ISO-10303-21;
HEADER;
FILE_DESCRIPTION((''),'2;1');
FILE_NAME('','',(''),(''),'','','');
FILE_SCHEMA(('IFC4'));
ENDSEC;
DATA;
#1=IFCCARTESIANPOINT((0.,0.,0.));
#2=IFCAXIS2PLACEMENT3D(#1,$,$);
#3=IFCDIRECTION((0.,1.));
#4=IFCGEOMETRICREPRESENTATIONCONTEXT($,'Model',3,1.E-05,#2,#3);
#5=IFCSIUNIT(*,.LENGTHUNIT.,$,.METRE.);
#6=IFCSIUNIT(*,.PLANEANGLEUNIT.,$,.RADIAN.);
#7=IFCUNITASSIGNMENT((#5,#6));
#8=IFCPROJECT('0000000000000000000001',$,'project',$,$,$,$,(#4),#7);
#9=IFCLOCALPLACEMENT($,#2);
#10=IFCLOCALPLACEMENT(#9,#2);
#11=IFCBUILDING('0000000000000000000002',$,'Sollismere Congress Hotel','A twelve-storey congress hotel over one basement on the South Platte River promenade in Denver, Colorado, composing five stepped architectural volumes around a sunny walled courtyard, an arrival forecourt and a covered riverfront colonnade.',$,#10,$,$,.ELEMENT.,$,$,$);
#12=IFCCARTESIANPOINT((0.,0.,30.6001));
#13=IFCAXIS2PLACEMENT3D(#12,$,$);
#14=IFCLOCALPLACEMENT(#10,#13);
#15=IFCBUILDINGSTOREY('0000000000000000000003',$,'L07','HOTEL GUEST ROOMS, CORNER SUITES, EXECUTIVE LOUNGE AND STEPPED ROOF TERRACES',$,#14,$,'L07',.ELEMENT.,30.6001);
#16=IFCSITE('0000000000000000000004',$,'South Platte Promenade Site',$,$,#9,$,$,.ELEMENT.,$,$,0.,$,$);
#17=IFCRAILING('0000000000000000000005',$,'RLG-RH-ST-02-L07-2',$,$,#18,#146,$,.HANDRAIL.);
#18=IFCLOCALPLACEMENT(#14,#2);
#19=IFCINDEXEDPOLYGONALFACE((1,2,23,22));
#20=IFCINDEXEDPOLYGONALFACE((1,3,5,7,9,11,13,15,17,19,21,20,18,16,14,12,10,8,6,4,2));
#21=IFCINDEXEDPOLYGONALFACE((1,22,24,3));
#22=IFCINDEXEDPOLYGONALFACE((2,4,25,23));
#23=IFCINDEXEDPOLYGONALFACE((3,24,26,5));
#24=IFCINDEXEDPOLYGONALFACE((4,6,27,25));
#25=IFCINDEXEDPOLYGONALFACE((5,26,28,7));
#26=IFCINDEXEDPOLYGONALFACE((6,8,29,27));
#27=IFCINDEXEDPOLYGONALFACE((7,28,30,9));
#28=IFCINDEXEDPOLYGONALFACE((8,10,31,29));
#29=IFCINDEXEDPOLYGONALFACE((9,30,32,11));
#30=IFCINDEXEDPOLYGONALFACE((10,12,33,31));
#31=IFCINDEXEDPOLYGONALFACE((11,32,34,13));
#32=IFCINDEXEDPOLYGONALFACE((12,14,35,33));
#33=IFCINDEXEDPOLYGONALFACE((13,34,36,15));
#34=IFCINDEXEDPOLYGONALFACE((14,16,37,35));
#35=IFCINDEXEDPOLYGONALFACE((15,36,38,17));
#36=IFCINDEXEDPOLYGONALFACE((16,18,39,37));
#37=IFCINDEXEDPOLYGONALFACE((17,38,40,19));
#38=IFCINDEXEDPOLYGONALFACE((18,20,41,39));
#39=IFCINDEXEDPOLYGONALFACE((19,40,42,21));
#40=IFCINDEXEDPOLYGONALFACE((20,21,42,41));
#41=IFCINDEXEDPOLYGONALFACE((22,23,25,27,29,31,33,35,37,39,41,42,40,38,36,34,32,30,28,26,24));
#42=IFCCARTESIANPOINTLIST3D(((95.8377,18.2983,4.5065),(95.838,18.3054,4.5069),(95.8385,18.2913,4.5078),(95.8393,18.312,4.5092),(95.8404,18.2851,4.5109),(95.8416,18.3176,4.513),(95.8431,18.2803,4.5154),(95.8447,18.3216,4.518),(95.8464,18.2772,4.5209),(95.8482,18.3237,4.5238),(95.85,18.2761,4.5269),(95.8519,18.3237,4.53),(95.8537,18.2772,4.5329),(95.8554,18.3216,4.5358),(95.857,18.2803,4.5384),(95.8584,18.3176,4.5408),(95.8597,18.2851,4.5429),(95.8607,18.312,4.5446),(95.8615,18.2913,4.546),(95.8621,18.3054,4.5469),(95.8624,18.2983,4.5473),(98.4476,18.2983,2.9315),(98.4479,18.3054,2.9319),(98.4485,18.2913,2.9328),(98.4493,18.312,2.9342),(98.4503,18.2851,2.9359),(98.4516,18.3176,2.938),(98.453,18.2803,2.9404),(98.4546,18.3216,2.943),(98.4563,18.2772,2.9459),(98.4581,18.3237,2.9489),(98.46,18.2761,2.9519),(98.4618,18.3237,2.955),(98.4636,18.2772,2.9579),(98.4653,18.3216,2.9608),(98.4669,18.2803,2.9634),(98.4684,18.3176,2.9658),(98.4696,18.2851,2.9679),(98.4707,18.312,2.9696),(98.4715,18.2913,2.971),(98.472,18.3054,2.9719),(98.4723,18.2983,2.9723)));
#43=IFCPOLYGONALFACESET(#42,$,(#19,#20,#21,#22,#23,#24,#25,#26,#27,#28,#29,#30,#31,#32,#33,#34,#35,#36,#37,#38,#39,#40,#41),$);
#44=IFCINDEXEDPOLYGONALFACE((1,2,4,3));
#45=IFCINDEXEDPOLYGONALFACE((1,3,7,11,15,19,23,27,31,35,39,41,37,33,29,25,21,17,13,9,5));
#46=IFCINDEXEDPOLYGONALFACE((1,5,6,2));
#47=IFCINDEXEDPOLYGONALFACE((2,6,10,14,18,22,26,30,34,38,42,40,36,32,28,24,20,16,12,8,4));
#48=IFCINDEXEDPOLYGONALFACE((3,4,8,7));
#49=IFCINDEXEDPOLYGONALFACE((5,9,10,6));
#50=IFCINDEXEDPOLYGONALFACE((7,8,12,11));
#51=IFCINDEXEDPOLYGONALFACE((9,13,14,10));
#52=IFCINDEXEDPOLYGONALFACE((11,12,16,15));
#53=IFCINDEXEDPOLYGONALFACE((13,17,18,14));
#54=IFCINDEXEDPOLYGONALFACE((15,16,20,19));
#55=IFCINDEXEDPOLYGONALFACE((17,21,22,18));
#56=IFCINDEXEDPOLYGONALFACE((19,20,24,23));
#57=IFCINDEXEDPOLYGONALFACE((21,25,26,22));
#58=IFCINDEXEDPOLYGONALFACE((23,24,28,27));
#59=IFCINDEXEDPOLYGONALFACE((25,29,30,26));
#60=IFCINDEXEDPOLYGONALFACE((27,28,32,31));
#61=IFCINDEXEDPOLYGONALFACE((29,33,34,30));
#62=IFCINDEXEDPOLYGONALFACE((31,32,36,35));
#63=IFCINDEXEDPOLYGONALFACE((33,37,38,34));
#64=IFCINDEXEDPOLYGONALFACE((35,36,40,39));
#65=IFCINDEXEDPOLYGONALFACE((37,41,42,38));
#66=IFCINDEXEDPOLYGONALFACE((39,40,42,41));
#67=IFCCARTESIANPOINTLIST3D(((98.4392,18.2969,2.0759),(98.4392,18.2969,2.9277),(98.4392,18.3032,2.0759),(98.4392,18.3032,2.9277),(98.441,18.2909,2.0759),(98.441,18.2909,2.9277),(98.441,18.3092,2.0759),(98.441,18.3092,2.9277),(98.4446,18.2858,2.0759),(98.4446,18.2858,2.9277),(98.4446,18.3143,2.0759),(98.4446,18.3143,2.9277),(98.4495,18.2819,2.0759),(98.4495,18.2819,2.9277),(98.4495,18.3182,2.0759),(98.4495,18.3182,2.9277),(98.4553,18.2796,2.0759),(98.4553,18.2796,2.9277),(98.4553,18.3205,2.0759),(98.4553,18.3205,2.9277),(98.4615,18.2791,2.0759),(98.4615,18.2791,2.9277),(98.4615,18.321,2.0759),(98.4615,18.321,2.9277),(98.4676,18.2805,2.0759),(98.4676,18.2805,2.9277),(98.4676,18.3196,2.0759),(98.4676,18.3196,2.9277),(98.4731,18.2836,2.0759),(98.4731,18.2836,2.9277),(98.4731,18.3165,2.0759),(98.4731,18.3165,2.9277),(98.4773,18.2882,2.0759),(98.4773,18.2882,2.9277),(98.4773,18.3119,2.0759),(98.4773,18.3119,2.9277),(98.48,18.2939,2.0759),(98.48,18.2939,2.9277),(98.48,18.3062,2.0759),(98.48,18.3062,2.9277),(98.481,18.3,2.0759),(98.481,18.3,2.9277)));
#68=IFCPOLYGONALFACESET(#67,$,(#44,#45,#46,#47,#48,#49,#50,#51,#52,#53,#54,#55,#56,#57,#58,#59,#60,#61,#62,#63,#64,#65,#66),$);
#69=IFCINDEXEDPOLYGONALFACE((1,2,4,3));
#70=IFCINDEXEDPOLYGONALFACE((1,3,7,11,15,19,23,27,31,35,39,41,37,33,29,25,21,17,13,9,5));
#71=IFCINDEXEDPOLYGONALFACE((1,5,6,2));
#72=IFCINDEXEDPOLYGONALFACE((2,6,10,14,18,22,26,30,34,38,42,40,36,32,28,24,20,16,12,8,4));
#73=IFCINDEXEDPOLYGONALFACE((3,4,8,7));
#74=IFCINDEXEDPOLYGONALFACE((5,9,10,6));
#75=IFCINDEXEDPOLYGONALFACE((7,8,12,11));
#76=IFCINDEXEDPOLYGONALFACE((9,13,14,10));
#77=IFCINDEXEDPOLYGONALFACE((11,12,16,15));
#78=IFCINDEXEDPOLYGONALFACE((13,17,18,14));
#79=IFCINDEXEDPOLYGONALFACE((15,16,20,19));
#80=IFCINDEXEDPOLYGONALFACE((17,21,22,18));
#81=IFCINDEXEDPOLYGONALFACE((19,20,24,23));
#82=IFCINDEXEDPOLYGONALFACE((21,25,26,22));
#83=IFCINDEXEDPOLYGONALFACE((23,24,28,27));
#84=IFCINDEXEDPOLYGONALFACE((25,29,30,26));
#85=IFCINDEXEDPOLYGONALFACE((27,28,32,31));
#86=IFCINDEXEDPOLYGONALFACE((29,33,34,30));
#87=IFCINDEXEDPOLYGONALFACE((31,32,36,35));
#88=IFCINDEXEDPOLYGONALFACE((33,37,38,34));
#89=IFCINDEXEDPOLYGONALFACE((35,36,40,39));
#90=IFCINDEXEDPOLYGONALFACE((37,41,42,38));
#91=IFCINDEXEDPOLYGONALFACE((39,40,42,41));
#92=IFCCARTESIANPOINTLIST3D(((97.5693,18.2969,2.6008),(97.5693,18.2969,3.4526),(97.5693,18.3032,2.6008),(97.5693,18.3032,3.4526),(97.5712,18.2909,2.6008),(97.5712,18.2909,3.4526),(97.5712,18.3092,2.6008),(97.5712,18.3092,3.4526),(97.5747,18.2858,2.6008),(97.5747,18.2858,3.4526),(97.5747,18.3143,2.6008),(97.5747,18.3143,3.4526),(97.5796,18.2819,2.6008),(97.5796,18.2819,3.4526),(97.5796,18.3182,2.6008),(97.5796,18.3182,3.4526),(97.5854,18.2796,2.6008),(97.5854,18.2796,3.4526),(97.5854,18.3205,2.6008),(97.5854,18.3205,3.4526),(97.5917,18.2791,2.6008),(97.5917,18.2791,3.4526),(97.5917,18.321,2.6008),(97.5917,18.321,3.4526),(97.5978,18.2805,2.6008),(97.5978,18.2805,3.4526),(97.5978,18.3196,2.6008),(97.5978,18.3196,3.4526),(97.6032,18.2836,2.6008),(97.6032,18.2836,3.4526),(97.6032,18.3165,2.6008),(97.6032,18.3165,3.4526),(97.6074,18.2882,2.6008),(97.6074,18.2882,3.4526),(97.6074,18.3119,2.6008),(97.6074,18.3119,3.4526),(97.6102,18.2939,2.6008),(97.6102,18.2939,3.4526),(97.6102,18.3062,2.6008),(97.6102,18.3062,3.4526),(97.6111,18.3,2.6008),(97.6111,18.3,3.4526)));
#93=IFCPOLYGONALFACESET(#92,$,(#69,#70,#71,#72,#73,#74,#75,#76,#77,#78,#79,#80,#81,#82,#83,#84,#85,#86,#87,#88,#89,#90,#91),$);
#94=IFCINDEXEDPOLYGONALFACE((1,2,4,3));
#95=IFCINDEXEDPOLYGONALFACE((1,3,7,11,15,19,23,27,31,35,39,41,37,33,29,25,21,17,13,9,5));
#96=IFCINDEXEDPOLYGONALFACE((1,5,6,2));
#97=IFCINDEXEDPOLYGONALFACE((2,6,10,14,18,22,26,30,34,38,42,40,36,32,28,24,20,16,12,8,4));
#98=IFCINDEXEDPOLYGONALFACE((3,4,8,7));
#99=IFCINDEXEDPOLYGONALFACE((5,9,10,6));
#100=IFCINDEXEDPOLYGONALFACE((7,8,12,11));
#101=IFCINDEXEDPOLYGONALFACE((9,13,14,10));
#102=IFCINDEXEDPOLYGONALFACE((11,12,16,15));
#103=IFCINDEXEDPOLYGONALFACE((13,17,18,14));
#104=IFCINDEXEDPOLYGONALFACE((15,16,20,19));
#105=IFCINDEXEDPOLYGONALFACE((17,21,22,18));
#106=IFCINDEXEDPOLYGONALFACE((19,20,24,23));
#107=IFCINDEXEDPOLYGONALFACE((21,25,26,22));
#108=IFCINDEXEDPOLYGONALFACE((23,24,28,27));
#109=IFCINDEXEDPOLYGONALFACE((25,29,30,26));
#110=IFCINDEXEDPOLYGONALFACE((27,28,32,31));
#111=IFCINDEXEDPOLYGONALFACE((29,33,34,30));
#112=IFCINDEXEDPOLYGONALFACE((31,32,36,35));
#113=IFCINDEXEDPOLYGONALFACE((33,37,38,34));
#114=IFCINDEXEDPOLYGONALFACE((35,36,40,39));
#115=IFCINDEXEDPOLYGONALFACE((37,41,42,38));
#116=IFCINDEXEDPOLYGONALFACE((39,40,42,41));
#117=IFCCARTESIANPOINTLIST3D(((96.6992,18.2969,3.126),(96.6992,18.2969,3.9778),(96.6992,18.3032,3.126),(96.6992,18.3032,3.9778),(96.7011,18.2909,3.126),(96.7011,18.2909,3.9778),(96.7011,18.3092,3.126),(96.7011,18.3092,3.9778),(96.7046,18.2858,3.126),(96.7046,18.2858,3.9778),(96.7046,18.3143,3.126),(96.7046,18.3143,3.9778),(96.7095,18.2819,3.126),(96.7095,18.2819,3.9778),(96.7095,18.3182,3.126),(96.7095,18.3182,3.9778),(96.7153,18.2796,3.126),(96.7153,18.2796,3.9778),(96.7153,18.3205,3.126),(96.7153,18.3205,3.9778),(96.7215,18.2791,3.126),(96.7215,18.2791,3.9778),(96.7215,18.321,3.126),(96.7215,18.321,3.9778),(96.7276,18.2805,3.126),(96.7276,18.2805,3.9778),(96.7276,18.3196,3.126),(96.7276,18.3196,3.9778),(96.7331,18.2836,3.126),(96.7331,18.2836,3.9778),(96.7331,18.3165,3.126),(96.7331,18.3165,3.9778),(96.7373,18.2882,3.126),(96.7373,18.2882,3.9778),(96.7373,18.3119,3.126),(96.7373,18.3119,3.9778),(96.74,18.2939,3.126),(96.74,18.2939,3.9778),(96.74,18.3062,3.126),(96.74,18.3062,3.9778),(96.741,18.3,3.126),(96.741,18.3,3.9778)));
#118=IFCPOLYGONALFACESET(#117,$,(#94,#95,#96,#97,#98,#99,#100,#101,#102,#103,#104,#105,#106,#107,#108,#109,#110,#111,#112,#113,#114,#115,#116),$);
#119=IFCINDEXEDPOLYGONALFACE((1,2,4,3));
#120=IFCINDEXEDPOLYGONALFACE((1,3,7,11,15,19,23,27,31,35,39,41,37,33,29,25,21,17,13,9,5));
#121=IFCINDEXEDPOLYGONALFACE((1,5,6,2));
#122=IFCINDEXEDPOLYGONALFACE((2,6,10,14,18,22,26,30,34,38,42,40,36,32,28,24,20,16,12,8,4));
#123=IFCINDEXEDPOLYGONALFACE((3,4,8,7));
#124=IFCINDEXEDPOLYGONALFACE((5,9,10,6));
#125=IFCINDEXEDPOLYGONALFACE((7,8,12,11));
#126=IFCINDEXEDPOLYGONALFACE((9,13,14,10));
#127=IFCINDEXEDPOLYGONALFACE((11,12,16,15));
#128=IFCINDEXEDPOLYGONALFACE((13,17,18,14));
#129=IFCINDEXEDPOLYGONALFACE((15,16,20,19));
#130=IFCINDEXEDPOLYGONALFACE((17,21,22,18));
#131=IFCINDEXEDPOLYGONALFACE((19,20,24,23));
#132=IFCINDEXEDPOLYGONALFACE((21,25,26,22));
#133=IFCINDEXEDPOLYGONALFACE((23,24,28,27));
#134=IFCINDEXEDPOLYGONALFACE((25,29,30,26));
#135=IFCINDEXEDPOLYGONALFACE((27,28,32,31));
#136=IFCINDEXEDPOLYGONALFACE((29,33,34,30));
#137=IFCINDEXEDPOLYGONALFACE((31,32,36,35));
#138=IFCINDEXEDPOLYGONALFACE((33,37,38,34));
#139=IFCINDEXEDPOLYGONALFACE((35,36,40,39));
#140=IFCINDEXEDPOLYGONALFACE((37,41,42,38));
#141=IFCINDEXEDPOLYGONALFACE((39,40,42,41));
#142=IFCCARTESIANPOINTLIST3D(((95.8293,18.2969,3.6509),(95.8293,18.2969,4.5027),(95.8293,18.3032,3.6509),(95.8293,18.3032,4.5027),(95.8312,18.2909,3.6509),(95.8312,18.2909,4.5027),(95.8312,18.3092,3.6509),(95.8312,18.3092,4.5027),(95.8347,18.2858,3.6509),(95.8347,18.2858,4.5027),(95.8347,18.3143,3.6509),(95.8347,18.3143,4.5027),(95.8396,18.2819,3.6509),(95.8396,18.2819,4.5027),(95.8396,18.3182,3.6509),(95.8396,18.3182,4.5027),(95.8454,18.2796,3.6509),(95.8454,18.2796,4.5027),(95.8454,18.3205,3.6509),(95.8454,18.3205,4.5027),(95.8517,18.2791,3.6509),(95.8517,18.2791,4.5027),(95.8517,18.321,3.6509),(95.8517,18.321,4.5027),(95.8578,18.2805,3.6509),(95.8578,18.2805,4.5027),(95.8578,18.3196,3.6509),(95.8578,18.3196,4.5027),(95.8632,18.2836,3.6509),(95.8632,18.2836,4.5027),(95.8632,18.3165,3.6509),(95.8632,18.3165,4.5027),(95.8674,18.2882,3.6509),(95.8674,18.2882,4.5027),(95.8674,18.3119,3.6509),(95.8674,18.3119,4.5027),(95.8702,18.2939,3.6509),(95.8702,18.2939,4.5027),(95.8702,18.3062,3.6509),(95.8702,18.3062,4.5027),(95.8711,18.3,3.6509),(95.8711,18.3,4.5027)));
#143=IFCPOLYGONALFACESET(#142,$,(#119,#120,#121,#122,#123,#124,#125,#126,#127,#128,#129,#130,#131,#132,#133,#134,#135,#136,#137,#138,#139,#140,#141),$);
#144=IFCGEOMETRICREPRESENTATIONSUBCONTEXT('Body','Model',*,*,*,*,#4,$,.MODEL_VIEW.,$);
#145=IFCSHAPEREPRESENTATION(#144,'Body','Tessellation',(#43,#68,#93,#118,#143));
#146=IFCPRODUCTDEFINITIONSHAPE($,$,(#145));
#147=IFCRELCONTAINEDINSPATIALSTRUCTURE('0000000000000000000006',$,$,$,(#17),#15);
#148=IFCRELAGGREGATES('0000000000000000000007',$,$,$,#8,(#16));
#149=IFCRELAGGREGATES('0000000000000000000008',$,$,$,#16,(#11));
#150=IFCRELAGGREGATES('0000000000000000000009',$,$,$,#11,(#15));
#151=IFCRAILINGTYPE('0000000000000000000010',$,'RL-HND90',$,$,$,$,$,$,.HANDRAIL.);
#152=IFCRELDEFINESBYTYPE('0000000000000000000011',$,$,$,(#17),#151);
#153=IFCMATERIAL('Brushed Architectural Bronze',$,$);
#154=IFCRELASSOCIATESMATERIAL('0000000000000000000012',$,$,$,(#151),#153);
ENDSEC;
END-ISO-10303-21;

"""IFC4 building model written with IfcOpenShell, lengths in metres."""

from ifc_helpers import new_model, si_unit, direction, frame, origin, origin_2d, place, context, subcontext, project, spatial, circle, extrude, material, type_object, element, save


model = new_model("IFC4")

# Units and contexts
model_context = context("Model", 3, precision=1e-05, world=origin(), true_north=direction((0.0, 1.0)))
body_context = subcontext(model_context, "Body", "Model", "MODEL_VIEW")
ifc_project = project(units=[si_unit("LENGTHUNIT", "METRE"), si_unit("PLANEANGLEUNIT", "RADIAN")], contexts=[model_context])

# Site, building, storey
site_placement = place(None, origin())
site = spatial("IfcSite", under=ifc_project, at=site_placement, Name="South Platte Promenade Site", CompositionType="ELEMENT", RefElevation=0.0)
building_placement = place(site_placement, origin())
building = spatial("IfcBuilding", under=site, at=building_placement, Name="Sollismere Congress Hotel", Description="A twelve-storey congress hotel over one basement on the South Platte River promenade in Denver, Colorado, composing five stepped architectural volumes around a sunny walled courtyard, an arrival forecourt and a covered riverfront colonnade.", CompositionType="ELEMENT")
storey_placement = place(building_placement, frame((0.0, 0.0, 30.6001)))
storey = spatial("IfcBuildingStorey", under=building, at=storey_placement, Name="L07", Description="HOTEL GUEST ROOMS, CORNER SUITES, EXECUTIVE LOUNGE AND STEPPED ROOF TERRACES", LongName="L07", CompositionType="ELEMENT", Elevation=30.6001)

# Railing
ifc_material_1 = material(Name="Brushed Architectural Bronze")
railing_type_1 = type_object("IfcRailingType", Name="RL-HND90", PredefinedType="HANDRAIL", material=ifc_material_1)
railing_1_placement = place(storey_placement, frame((98.46, 18.3, 2.0759)))
element("IfcRailing", 1, at=railing_1_placement, inside=storey, type_object=railing_type_1, Name="RLG-RH-ST-02-L07-2", PredefinedType="HANDRAIL", context=body_context, shape_type="SweptSolid", body=[
    extrude(circle(Radius=0.0239, at=origin_2d()), frame((0.0, 0.0, 0.876), z_axis=(-0.856183, 0.0, 0.516673), x_axis=(0.0, -1.0, 0.0)), (0.0, 0.0, 1.0), 3.0483),
    extrude(circle(Radius=0.021, at=origin_2d()), origin(), (0.0, 0.0, 1.0), 0.8518),
    extrude(circle(Radius=0.021, at=origin_2d()), frame((-0.8699, 0.0, 0.5249)), (0.0, 0.0, 1.0), 0.8518),
    extrude(circle(Radius=0.021, at=origin_2d()), frame((-1.74, 0.0, 1.05)), (0.0, 0.0, 1.0), 0.8518),
    extrude(circle(Radius=0.021, at=origin_2d()), frame((-2.6099, 0.0, 1.575)), (0.0, 0.0, 1.0), 0.8518),
])

save(model, "model.ifc")
